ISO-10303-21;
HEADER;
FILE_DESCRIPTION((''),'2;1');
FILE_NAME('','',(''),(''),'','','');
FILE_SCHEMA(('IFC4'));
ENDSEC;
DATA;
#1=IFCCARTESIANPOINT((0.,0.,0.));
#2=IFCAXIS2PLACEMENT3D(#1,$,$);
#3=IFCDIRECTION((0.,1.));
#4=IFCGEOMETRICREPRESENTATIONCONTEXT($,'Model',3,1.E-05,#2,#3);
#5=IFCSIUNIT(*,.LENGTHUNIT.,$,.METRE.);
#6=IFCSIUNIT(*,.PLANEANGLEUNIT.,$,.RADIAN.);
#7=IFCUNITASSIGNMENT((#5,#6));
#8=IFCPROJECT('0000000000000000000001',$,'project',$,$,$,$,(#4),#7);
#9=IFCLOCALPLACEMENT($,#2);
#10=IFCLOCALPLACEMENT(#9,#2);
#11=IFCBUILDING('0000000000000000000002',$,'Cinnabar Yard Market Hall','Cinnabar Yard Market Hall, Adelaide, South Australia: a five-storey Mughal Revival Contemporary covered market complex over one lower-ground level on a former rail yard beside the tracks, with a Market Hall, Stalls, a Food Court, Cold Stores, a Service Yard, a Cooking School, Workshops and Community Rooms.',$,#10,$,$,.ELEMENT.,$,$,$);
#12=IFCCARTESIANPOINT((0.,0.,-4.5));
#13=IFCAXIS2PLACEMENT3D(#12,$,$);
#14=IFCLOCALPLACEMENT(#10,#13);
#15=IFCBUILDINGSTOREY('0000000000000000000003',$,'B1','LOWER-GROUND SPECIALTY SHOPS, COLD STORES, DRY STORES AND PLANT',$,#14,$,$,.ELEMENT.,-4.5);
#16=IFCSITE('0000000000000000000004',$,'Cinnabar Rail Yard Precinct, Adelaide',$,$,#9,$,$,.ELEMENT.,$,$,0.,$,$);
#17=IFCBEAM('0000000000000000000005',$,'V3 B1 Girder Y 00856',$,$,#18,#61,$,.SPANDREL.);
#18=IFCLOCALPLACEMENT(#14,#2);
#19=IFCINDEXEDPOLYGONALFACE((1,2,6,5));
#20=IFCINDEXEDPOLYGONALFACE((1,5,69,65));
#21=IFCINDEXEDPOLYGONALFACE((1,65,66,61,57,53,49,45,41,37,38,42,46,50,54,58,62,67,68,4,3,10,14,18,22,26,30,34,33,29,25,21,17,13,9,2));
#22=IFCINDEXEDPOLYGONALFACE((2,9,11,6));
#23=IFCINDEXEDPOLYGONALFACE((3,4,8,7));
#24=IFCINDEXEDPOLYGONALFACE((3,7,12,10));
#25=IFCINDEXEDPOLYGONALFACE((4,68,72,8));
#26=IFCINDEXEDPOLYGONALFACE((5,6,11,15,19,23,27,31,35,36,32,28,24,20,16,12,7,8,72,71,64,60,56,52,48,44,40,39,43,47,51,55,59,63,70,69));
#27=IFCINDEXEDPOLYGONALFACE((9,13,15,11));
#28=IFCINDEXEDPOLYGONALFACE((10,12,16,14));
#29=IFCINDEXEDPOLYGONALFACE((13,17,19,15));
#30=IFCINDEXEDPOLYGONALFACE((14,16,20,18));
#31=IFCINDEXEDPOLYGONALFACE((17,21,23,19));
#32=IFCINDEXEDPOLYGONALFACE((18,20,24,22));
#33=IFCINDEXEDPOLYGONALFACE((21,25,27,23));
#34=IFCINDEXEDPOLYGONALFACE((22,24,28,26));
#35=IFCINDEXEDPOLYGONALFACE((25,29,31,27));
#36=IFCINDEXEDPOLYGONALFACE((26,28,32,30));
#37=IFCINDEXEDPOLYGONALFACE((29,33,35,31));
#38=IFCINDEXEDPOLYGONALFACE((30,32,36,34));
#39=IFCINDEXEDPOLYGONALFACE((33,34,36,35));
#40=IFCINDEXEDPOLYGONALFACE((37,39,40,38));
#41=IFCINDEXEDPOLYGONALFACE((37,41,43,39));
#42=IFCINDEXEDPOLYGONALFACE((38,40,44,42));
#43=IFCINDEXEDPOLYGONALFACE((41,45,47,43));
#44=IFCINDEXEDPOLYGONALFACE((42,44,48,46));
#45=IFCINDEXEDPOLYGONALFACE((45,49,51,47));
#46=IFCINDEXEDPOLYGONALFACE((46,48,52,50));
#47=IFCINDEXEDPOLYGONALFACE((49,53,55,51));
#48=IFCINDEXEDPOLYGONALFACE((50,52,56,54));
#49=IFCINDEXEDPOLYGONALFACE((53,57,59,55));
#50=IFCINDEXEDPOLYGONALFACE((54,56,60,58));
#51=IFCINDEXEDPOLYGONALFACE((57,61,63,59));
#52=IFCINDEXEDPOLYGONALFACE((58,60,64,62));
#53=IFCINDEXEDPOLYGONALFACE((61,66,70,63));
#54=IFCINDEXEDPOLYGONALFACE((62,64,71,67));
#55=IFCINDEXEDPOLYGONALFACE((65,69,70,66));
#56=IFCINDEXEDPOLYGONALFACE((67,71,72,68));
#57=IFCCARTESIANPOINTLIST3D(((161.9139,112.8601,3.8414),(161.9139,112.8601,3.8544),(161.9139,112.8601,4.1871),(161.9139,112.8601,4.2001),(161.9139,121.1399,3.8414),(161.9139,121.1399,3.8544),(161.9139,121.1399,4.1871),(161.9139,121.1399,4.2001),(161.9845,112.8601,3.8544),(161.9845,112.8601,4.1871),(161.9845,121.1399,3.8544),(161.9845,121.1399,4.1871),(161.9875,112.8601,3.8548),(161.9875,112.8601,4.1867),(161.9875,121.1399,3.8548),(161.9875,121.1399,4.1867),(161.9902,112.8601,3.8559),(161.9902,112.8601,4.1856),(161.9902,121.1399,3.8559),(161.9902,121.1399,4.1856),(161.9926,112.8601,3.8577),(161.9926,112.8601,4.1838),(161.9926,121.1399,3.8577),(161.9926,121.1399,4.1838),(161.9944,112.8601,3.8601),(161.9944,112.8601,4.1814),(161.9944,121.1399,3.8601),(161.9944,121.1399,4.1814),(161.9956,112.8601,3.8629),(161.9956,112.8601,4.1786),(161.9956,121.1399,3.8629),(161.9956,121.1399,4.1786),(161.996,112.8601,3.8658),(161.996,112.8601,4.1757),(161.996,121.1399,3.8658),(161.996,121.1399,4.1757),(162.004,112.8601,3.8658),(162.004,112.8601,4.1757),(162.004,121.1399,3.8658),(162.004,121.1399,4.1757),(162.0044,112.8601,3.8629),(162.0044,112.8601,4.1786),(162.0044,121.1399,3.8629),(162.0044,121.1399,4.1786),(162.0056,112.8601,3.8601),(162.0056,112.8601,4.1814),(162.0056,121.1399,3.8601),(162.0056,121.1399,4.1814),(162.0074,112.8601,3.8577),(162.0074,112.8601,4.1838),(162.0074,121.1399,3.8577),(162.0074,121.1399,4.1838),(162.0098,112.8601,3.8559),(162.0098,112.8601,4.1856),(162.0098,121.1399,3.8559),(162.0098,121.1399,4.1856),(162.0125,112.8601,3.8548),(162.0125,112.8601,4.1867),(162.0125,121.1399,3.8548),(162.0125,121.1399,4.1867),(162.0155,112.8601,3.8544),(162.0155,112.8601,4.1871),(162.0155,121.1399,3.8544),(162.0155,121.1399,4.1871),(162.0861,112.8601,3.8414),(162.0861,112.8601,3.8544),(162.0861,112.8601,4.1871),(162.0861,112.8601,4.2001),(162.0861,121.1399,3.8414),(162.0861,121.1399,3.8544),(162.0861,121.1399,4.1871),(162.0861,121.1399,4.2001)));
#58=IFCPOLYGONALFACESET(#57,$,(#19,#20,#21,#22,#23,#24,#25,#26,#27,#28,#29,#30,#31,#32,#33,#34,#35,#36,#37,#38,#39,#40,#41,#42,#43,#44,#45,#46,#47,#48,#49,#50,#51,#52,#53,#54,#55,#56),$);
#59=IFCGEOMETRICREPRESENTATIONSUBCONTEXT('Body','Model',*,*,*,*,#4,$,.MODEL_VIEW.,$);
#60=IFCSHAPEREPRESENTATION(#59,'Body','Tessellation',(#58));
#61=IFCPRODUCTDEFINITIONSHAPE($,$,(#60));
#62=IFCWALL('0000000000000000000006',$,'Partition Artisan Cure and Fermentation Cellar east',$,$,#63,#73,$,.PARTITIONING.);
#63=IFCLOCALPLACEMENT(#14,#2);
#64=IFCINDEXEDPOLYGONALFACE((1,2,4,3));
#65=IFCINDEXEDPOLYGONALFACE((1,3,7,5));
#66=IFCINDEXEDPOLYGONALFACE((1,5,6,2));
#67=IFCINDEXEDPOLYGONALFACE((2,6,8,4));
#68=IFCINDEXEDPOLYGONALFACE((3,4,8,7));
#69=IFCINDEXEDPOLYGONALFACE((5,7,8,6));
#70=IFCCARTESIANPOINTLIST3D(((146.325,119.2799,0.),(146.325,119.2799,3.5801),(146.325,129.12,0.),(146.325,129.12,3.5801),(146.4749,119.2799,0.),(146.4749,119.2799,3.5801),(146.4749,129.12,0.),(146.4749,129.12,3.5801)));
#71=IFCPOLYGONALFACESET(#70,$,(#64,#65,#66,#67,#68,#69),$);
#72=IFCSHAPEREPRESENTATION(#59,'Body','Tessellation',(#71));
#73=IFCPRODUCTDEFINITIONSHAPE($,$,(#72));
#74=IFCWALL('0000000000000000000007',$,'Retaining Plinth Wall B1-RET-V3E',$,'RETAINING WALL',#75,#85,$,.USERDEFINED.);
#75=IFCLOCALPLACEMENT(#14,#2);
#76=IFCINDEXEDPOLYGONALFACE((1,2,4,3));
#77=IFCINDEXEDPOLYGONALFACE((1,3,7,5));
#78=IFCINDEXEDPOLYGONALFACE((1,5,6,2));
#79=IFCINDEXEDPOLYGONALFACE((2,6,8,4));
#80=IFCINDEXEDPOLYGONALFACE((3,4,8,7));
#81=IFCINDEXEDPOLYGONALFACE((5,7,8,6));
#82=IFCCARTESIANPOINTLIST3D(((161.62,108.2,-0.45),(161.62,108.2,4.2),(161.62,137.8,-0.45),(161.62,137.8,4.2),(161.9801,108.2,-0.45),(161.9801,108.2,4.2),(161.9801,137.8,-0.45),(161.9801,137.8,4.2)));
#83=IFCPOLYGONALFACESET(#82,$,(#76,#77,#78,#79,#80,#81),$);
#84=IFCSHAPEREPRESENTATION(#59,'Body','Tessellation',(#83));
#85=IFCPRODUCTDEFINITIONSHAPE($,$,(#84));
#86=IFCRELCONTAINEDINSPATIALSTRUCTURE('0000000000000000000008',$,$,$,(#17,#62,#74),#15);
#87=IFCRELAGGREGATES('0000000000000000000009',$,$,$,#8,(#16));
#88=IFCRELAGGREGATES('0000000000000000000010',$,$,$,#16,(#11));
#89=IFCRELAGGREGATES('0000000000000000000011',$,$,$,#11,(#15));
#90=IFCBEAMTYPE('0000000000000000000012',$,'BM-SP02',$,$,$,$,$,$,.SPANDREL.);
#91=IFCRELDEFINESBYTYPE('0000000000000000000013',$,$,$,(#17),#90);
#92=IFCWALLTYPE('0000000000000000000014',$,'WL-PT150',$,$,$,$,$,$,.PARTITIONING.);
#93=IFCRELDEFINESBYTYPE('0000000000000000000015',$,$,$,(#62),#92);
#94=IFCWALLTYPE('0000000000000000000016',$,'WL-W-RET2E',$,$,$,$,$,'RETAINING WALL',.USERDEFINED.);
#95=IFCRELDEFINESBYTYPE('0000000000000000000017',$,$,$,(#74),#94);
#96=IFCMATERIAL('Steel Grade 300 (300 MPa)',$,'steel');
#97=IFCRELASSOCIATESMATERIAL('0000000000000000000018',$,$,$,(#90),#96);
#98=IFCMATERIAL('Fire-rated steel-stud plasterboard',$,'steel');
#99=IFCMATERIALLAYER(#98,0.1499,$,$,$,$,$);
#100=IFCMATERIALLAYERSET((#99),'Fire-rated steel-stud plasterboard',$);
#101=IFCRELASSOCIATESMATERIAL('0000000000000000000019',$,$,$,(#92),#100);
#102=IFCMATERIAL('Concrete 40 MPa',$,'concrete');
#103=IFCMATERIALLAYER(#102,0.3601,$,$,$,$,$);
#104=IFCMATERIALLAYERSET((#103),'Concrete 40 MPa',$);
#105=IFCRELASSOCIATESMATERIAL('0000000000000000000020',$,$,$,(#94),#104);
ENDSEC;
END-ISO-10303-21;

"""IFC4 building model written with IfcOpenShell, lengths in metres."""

from ifc_helpers import new_model, si_unit, direction, frame, frame_2d, origin, origin_2d_with_axis, place, context, subcontext, project, spatial, rectangle, i_section, extrude, material, layer, layer_set, material_profile, profile_set, type_object, element, save


model = new_model("IFC4")

# Units and contexts
model_context = context("Model", 3, precision=1e-05, world=origin(), true_north=direction((0.0, 1.0)))
body_context = subcontext(model_context, "Body", "Model", "MODEL_VIEW")
ifc_project = project(units=[si_unit("LENGTHUNIT", "METRE"), si_unit("PLANEANGLEUNIT", "RADIAN")], contexts=[model_context])

# Site, building, storey
site_placement = place(None, origin())
site = spatial("IfcSite", under=ifc_project, at=site_placement, Name="Cinnabar Rail Yard Precinct, Adelaide", CompositionType="ELEMENT", RefElevation=0.0)
building_placement = place(site_placement, origin())
building = spatial("IfcBuilding", under=site, at=building_placement, Name="Cinnabar Yard Market Hall", Description="Cinnabar Yard Market Hall, Adelaide, South Australia: a five-storey Mughal Revival Contemporary covered market complex over one lower-ground level on a former rail yard beside the tracks, with a Market Hall, Stalls, a Food Court, Cold Stores, a Service Yard, a Cooking School, Workshops and Community Rooms.", CompositionType="ELEMENT")
storey_placement = place(building_placement, frame((0.0, 0.0, -4.5)))
storey = spatial("IfcBuildingStorey", under=building, at=storey_placement, Name="B1", Description="LOWER-GROUND SPECIALTY SHOPS, COLD STORES, DRY STORES AND PLANT", CompositionType="ELEMENT", Elevation=-4.5)

# Shared definitions
ifc_material_1 = material(Name="Concrete 40 MPa", Category="concrete")

# Shared definitions
ifc_material_2 = material(Name="Steel Grade 300 (300 MPa)", Category="steel")

# Beam
ifc_material_profile_1 = material_profile(ifc_material_2, i_section(OverallWidth=0.1721, OverallDepth=0.3586, WebThickness=0.0081, FlangeThickness=0.0129, FilletRadius=0.0115, at=origin_2d_with_axis()), Name="360UB56.7")
ifc_profile_set_1 = profile_set([ifc_material_profile_1], Name="Steel Grade 300 (300 MPa)")
beam_type_1 = type_object("IfcBeamType", Name="BM-SP02", PredefinedType="SPANDREL", material=ifc_profile_set_1)
beam_1_placement = place(storey_placement, frame((162.0, 112.8601, 4.0208), z_axis=(0.0, 1.0, 0.0), x_axis=(-1.0, 0.0, 0.0)))
element("IfcBeam", 1, at=beam_1_placement, inside=storey, type_object=beam_type_1, Name="V3 B1 Girder Y 00856", PredefinedType="SPANDREL", context=body_context, shape_type="SweptSolid", body=[
    extrude(i_section(OverallWidth=0.1721, OverallDepth=0.3586, WebThickness=0.0081, FlangeThickness=0.0129, FilletRadius=0.0115, at=origin_2d_with_axis()), origin(), (0.0, 0.0, 1.0), 8.2798),
])

# Walls
ifc_material_3 = material(Name="Fire-rated steel-stud plasterboard", Category="steel")
ifc_layer_1 = layer(ifc_material_3, 0.1499)
ifc_layer_set_1 = layer_set([ifc_layer_1], Name="Fire-rated steel-stud plasterboard")
wall_type_1 = type_object("IfcWallType", Name="WL-PT150", PredefinedType="PARTITIONING", material=ifc_layer_set_1)
wall_1_placement = place(storey_placement, frame((146.3999, 119.28, 0.0), z_axis=(0.0, 0.0, 1.0), x_axis=(0.0, 1.0, 0.0)))
element("IfcWall", 2, at=wall_1_placement, inside=storey, type_object=wall_type_1, Name="Partition Artisan Cure and Fermentation Cellar east", PredefinedType="PARTITIONING", context=body_context, shape_type="SweptSolid", body=[
    extrude(rectangle(XDim=9.8401, YDim=0.1499, at=frame_2d((4.9199, 0.0), x_axis=(1.0, 0.0))), origin(), (0.0, 0.0, 1.0), 3.5801),
])
ifc_layer_2 = layer(ifc_material_1, 0.3601)
ifc_layer_set_2 = layer_set([ifc_layer_2], Name="Concrete 40 MPa")
wall_type_2 = type_object("IfcWallType", Name="WL-W-RET2E", ElementType="RETAINING WALL", PredefinedType="USERDEFINED", material=ifc_layer_set_2)
wall_2_placement = place(storey_placement, frame((161.8, 108.2, -0.45), z_axis=(0.0, 0.0, 1.0), x_axis=(0.0, 1.0, 0.0)))
element("IfcWall", 3, at=wall_2_placement, inside=storey, type_object=wall_type_2, Name="Retaining Plinth Wall B1-RET-V3E", ObjectType="RETAINING WALL", PredefinedType="USERDEFINED", context=body_context, shape_type="SweptSolid", body=[
    extrude(rectangle(XDim=29.6001, YDim=0.3601, at=frame_2d((14.8, 0.0), x_axis=(1.0, 0.0))), origin(), (0.0, 0.0, 1.0), 4.6499),
])

save(model, "model.ifc")
